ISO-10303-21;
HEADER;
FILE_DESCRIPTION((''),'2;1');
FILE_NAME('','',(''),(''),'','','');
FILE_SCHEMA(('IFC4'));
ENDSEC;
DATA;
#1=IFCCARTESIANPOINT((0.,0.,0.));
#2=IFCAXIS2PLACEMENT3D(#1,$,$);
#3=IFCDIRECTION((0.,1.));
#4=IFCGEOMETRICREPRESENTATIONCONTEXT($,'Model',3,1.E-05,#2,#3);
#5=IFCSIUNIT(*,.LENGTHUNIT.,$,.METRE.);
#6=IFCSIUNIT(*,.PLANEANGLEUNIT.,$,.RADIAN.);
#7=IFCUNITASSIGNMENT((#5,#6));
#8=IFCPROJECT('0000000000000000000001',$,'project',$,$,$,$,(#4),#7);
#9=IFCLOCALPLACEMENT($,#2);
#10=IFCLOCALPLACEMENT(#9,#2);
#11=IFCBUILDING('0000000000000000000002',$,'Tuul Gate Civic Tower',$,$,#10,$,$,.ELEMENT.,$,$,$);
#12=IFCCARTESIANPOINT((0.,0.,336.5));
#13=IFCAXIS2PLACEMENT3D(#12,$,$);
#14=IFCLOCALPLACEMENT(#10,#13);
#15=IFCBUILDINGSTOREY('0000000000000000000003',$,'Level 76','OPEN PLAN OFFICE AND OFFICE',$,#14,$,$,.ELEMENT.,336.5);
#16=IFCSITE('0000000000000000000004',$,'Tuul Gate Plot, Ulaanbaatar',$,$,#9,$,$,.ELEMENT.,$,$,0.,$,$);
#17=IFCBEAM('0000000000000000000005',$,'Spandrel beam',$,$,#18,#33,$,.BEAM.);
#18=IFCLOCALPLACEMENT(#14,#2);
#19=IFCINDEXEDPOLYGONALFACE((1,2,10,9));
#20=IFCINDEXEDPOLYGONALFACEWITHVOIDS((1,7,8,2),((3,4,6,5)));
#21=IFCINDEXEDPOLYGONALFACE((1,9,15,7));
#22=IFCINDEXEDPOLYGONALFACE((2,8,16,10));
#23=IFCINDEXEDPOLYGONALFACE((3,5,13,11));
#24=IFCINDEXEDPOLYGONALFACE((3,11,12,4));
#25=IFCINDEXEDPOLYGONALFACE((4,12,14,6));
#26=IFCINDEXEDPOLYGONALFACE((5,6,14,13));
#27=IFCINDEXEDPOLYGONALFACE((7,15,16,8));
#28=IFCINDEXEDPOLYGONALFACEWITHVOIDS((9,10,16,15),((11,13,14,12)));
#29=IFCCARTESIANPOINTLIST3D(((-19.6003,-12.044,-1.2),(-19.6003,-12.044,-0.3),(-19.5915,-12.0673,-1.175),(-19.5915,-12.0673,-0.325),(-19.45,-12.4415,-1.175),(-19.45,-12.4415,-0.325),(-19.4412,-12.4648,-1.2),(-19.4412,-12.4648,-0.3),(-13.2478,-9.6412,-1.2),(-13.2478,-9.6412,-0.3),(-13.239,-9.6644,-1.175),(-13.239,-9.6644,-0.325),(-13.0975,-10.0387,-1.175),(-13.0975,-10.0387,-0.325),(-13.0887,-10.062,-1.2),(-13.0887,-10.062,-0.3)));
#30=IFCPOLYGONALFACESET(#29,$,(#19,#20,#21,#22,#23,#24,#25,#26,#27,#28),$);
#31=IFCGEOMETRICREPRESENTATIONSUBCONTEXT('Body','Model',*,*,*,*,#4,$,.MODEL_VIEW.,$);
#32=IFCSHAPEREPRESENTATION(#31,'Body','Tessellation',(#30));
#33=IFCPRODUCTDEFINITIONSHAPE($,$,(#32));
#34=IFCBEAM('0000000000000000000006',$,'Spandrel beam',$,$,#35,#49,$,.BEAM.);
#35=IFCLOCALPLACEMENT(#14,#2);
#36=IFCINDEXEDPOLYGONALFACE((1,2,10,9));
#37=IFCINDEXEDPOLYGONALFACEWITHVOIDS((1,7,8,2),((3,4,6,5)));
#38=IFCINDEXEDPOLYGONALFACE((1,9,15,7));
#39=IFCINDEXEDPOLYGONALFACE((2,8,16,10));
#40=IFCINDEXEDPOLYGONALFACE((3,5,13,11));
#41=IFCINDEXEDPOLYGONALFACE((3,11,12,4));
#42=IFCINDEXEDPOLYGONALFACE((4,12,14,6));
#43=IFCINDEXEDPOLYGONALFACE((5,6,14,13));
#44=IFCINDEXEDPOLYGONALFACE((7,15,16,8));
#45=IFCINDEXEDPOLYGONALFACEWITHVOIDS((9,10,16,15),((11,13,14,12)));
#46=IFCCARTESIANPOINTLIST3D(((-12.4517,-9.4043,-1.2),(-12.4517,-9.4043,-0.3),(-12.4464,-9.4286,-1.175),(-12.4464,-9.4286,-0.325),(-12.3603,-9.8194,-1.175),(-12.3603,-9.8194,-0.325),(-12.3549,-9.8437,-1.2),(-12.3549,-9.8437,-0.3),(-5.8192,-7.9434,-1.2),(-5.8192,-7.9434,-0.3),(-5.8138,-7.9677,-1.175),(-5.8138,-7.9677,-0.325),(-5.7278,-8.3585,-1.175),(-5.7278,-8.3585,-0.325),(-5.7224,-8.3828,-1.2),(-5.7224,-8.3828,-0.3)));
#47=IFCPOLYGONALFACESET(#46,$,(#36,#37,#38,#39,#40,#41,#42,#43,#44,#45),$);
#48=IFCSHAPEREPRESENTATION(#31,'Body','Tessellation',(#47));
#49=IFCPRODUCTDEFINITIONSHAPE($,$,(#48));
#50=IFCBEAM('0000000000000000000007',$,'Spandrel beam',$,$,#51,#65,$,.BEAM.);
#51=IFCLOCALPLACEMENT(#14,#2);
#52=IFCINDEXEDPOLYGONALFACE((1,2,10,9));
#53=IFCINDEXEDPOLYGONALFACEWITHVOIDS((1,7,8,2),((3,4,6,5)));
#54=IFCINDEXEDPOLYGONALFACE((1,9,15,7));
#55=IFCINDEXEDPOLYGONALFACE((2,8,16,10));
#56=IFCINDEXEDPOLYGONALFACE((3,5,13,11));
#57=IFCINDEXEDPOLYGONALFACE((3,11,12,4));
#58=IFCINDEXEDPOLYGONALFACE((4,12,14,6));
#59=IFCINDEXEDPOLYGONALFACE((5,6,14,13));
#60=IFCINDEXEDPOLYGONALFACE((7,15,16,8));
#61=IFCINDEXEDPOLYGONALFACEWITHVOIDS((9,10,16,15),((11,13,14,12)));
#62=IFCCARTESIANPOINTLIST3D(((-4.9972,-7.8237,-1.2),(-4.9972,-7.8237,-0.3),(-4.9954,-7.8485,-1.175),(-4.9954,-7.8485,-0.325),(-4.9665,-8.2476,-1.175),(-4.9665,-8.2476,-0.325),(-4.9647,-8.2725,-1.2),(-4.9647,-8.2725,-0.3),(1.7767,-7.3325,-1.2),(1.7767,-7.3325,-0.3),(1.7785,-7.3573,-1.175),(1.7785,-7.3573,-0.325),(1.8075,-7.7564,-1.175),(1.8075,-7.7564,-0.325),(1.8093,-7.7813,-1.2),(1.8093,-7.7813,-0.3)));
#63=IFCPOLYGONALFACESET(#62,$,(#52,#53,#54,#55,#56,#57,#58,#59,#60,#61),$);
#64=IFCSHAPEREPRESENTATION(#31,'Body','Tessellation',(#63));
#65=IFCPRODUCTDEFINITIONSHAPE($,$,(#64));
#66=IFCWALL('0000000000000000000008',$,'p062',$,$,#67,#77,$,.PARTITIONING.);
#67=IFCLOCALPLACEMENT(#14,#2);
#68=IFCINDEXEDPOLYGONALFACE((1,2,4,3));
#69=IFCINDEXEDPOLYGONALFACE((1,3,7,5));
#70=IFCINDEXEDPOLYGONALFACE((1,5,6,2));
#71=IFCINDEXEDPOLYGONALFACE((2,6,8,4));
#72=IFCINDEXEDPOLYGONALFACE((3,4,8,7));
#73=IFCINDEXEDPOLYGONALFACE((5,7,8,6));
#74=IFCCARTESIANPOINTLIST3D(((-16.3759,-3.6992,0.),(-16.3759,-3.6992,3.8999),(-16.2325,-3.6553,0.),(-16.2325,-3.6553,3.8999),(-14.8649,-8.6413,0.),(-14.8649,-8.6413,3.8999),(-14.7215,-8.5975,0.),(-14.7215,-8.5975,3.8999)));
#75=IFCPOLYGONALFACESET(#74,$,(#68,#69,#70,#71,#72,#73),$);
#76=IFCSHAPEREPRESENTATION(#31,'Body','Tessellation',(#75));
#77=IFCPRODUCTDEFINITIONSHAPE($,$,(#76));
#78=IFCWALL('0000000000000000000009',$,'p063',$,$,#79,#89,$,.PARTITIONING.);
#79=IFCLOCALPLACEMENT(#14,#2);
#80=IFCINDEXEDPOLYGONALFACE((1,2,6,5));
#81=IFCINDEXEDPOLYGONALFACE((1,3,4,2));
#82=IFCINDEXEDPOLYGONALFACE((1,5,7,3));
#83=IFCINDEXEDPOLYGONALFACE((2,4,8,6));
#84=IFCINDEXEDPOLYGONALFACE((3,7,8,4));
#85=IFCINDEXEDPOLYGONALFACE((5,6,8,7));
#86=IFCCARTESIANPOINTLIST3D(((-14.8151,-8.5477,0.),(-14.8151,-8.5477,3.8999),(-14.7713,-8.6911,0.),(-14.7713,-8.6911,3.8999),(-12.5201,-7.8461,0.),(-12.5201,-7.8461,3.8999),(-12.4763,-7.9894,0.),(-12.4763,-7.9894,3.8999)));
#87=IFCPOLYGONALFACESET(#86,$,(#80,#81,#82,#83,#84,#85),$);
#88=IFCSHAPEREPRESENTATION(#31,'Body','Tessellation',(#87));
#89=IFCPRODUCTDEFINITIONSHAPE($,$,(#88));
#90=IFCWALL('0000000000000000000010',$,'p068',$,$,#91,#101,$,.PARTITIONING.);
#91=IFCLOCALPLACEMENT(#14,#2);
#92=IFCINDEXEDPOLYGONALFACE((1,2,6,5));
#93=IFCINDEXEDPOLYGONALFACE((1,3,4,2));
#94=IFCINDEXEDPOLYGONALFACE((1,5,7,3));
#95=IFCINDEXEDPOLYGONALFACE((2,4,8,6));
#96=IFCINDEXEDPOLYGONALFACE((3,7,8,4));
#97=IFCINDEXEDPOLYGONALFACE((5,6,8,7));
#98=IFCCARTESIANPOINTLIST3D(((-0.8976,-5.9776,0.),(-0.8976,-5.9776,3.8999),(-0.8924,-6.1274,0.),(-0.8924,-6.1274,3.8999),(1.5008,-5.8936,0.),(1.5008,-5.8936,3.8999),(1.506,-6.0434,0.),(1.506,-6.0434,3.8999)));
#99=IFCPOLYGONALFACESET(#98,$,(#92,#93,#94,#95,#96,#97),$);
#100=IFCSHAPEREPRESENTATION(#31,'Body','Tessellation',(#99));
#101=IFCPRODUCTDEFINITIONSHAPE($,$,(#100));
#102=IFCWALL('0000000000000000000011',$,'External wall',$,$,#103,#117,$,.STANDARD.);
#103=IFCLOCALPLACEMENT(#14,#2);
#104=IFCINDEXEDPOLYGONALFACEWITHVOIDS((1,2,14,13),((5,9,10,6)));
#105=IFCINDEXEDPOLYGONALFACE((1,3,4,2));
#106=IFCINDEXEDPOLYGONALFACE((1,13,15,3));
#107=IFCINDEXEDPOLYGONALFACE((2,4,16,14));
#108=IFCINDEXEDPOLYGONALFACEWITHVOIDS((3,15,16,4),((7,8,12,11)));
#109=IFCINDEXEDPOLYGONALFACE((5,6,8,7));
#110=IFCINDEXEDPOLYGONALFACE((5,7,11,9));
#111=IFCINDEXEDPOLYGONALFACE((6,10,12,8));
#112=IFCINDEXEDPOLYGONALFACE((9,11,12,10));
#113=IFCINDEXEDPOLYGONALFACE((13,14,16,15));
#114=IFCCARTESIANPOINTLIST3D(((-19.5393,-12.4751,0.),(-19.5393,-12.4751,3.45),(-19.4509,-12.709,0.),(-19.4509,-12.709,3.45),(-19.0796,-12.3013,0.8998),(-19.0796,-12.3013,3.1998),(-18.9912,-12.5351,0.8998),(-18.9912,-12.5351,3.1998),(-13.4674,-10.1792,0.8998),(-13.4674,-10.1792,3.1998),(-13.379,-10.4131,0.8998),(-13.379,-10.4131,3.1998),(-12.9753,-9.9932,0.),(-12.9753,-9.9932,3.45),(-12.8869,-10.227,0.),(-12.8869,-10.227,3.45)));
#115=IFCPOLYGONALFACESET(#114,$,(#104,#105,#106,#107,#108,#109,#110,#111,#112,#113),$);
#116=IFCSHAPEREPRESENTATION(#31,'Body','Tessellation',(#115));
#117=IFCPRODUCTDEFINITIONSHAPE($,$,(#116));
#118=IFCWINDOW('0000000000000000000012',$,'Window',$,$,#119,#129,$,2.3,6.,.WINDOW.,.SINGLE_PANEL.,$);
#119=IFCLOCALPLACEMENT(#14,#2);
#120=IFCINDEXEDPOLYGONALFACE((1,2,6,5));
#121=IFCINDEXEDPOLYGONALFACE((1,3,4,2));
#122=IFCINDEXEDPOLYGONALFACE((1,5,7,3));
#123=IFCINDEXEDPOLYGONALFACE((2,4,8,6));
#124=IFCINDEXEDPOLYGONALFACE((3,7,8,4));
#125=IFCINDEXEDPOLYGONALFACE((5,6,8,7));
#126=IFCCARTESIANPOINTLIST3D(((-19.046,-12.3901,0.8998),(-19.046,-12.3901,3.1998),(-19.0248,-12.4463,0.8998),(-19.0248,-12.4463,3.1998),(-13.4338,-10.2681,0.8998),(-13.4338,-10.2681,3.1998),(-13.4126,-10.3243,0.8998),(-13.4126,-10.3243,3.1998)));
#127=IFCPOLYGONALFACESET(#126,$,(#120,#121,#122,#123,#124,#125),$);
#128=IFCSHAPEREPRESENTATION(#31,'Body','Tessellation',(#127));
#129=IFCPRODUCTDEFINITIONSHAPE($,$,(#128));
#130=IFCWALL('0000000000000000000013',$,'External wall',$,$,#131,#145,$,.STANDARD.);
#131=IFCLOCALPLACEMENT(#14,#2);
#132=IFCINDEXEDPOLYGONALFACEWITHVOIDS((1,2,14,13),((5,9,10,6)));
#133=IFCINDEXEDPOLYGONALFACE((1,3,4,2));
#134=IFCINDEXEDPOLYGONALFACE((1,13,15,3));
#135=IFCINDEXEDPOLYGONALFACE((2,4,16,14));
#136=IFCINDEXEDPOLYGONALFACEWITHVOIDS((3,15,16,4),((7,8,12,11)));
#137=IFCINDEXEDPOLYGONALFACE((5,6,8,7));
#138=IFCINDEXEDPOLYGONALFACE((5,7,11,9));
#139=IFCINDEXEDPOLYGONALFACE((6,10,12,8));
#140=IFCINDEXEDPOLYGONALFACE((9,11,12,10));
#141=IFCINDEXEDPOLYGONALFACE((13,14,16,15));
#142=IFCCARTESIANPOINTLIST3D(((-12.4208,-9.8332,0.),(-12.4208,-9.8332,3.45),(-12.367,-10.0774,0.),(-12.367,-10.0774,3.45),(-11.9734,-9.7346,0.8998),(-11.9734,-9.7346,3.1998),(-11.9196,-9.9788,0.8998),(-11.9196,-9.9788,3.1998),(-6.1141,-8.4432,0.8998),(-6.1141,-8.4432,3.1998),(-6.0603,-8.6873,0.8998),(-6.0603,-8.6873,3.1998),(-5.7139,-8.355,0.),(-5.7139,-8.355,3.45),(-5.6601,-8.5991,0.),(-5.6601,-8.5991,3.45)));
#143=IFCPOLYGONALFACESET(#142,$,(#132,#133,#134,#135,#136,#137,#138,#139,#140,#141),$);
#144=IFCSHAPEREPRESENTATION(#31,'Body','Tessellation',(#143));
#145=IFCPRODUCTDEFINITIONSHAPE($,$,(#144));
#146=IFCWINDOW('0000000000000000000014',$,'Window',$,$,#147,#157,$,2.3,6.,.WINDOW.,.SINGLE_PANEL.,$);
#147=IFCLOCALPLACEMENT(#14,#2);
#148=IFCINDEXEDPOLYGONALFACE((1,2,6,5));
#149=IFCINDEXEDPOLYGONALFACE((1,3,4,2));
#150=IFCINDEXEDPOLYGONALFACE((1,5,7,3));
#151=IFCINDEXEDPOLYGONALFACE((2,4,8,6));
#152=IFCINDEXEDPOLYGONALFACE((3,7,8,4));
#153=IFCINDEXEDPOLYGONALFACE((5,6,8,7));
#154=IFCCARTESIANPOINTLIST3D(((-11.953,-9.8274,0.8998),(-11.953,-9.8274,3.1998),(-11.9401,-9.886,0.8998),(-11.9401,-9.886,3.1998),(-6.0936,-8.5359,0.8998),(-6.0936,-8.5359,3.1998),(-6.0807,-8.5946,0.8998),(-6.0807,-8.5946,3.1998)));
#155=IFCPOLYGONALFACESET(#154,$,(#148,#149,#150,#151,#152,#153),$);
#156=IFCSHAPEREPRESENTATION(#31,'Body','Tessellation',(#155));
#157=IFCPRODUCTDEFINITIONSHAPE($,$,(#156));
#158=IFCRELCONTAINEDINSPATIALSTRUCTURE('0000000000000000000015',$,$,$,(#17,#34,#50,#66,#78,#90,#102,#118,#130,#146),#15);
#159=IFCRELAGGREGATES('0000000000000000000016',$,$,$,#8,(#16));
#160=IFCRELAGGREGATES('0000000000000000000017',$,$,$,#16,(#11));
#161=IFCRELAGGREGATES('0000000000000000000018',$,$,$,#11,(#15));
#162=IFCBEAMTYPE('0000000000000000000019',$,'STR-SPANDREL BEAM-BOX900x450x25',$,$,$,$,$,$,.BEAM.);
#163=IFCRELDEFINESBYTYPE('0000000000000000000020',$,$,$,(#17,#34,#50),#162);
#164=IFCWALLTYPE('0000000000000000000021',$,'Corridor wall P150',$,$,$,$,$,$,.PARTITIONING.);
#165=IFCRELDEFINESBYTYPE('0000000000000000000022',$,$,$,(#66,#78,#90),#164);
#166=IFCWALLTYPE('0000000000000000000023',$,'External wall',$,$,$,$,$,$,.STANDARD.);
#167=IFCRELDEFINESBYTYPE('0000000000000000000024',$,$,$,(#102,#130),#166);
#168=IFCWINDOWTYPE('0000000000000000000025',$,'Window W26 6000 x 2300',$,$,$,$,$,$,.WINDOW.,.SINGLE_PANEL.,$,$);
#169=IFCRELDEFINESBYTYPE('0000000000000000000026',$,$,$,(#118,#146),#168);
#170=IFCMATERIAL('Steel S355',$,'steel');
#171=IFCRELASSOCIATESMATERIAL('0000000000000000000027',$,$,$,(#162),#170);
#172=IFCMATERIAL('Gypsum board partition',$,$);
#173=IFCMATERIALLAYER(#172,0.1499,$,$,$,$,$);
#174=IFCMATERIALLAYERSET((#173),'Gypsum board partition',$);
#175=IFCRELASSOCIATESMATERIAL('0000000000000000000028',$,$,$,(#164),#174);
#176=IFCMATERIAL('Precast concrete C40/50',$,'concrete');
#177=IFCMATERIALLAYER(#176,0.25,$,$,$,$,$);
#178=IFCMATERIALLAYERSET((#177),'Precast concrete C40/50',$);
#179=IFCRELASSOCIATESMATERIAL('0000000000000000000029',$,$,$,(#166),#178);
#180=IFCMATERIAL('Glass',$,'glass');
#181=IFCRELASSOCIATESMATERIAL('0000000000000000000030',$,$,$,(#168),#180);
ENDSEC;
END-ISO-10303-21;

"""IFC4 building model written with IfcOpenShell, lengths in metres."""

from ifc_helpers import new_model, si_unit, direction, frame, frame_2d, origin, origin_2d, place, context, subcontext, project, spatial, rectangle, hollow_rectangle, extrude, material, layer, layer_set, material_profile, profile_set, type_object, element, fill, save


model = new_model("IFC4")

# Units and contexts
model_context = context("Model", 3, precision=1e-05, world=origin(), true_north=direction((0.0, 1.0)))
body_context = subcontext(model_context, "Body", "Model", "MODEL_VIEW")
ifc_project = project(units=[si_unit("LENGTHUNIT", "METRE"), si_unit("PLANEANGLEUNIT", "RADIAN")], contexts=[model_context])

# Site, building, storey
site_placement = place(None, origin())
site = spatial("IfcSite", under=ifc_project, at=site_placement, Name="Tuul Gate Plot, Ulaanbaatar", CompositionType="ELEMENT", RefElevation=0.0)
building_placement = place(site_placement, origin())
building = spatial("IfcBuilding", under=site, at=building_placement, Name="Tuul Gate Civic Tower", CompositionType="ELEMENT")
storey_placement = place(building_placement, frame((0.0, 0.0, 336.5)))
storey = spatial("IfcBuildingStorey", under=building, at=storey_placement, Name="Level 76", Description="OPEN PLAN OFFICE AND OFFICE", CompositionType="ELEMENT", Elevation=336.5)

# Beams
ifc_material_1 = material(Name="Steel S355", Category="steel")
ifc_material_profile_1 = material_profile(ifc_material_1, hollow_rectangle(XDim=0.45, YDim=0.8999, WallThickness=0.0249, at=origin_2d()), Name="BOX900x450x25")
ifc_profile_set_1 = profile_set([ifc_material_profile_1], Name="Steel S355")
beam_type_1 = type_object("IfcBeamType", Name="STR-SPANDREL BEAM-BOX900x450x25", PredefinedType="BEAM", material=ifc_profile_set_1)
beam_1_placement = place(storey_placement, frame((-19.5208, -12.2544, -0.75), z_axis=(0.935327, 0.353785, 0.0), x_axis=(-0.353785, 0.935327, 0.0)))
element("IfcBeam", 1, at=beam_1_placement, inside=storey, type_object=beam_type_1, Name="Spandrel beam", PredefinedType="BEAM", context=body_context, shape_type="SweptSolid", body=[
    extrude(hollow_rectangle(XDim=0.45, YDim=0.8999, WallThickness=0.0249, at=origin_2d()), origin(), (0.0, 0.0, 1.0), 6.7917),
])
beam_2_placement = place(storey_placement, frame((-12.4033, -9.624, -0.75), z_axis=(0.97659, 0.215111, 0.0), x_axis=(-0.215111, 0.97659, 0.0)))
element("IfcBeam", 2, at=beam_2_placement, inside=storey, type_object=beam_type_1, Name="Spandrel beam", PredefinedType="BEAM", context=body_context, shape_type="SweptSolid", body=[
    extrude(hollow_rectangle(XDim=0.45, YDim=0.8999, WallThickness=0.0249, at=origin_2d()), origin(), (0.0, 0.0, 1.0), 6.7915),
])
beam_3_placement = place(storey_placement, frame((-4.981, -8.0481, -0.75), z_axis=(0.997381, 0.072325, 0.0), x_axis=(-0.072325, 0.997381, 0.0)))
element("IfcBeam", 3, at=beam_3_placement, inside=storey, type_object=beam_type_1, Name="Spandrel beam", PredefinedType="BEAM", context=body_context, shape_type="SweptSolid", body=[
    extrude(hollow_rectangle(XDim=0.45, YDim=0.8999, WallThickness=0.0249, at=origin_2d()), origin(), (0.0, 0.0, 1.0), 6.7917),
])

# Walls
ifc_material_2 = material(Name="Gypsum board partition")
ifc_layer_1 = layer(ifc_material_2, 0.1499)
ifc_layer_set_1 = layer_set([ifc_layer_1], Name="Gypsum board partition")
wall_type_1 = type_object("IfcWallType", Name="Corridor wall P150", PredefinedType="PARTITIONING", material=ifc_layer_set_1)
wall_1_placement = place(storey_placement, frame((-16.3042, -3.6772, 0.0), z_axis=(0.0, 0.0, 1.0), x_axis=(0.292376, -0.956304, 0.0)))
element("IfcWall", 4, at=wall_1_placement, inside=storey, type_object=wall_type_1, Name="p062", PredefinedType="PARTITIONING", context=body_context, shape_type="SweptSolid", body=[
    extrude(rectangle(XDim=5.168, YDim=0.1499, at=frame_2d((2.584, 0.0))), origin(), (0.0, 0.0, 1.0), 3.8999),
])
for number, where, z_axis, x_axis, name in (
    (5, (-14.7932, -8.6194, 0.0), (0.0, 0.0, 1.0), (0.95631, 0.292356, 0.0), "p063"),
    (6, (-0.895, -6.0525, 0.0), (0.0, 0.0, 1.0), (0.999387, 0.034995, 0.0), "p068"),
):
    element("IfcWall", number, at=place(storey_placement, frame(where, z_axis=z_axis, x_axis=x_axis)), inside=storey, type_object=wall_type_1, Name=name, PredefinedType="PARTITIONING", context=body_context, shape_type="SweptSolid", body=[
        extrude(rectangle(XDim=2.3999, YDim=0.1499, at=frame_2d((1.2, 0.0))), origin(), (0.0, 0.0, 1.0), 3.8999),
    ])

# Walls, openings, windows
ifc_material_3 = material(Name="Precast concrete C40/50", Category="concrete")
ifc_layer_2 = layer(ifc_material_3, 0.25)
ifc_layer_set_2 = layer_set([ifc_layer_2], Name="Precast concrete C40/50")
wall_type_2 = type_object("IfcWallType", Name="External wall", PredefinedType="STANDARD", material=ifc_layer_set_2)
wall_2_placement = place(storey_placement, frame((-19.4951, -12.592, 0.0), z_axis=(0.0, 0.0, 1.0), x_axis=(0.935368, 0.353677, 0.0)))
wall_2 = element("IfcWall", 7, at=wall_2_placement, inside=storey, type_object=wall_type_2, Name="External wall", PredefinedType="STANDARD", context=body_context, shape_type="SweptSolid", body=[
    extrude(rectangle(XDim=7.0176, YDim=0.25, at=frame_2d((3.5088, 0.0))), origin(), (0.0, 0.0, 1.0), 3.45),
])
opening_1_placement = place(wall_2_placement, frame((0.4915, 0.0, 0.8999)))
opening_1 = element("IfcOpeningElement", 8, at=opening_1_placement, cuts=wall_2, PredefinedType="OPENING", context=body_context, shape_type="SweptSolid", body=[
    extrude(rectangle(XDim=6.0, YDim=2.3, at=frame_2d((3.0, 1.1499))), frame((0.0, 0.135, 0.0), z_axis=(0.0, -1.0, 0.0), x_axis=(1.0, 0.0, 0.0)), (0.0, 0.0, 1.0), 0.27),
])
ifc_material_4 = material(Name="Glass", Category="glass")
window_type = type_object("IfcWindowType", Name="Window W26 6000 x 2300", PartitioningType="SINGLE_PANEL", PredefinedType="WINDOW", material=ifc_material_4)
window_1_placement = place(opening_1_placement, origin())
window_1 = element("IfcWindow", 9, at=window_1_placement, inside=storey, type_object=window_type, Name="Window", OverallHeight=2.3, OverallWidth=6.0, PartitioningType="SINGLE_PANEL", PredefinedType="WINDOW", context=body_context, shape_type="SweptSolid", body=[
    extrude(rectangle(XDim=6.0, YDim=2.3, at=frame_2d((3.0, 1.1499))), frame((0.0, 0.03, 0.0), z_axis=(0.0, -1.0, 0.0), x_axis=(1.0, 0.0, 0.0)), (0.0, 0.0, 1.0), 0.0601),
])
fill(opening_1, window_1)
wall_3_placement = place(storey_placement, frame((-12.394, -9.9553, 0.0), z_axis=(0.0, 0.0, 1.0), x_axis=(0.976561, 0.21524, 0.0)))
wall_3 = element("IfcWall", 10, at=wall_3_placement, inside=storey, type_object=wall_type_2, Name="External wall", PredefinedType="STANDARD", context=body_context, shape_type="SweptSolid", body=[
    extrude(rectangle(XDim=6.8679, YDim=0.25, at=frame_2d((3.4341, 0.0))), origin(), (0.0, 0.0, 1.0), 3.45),
])
opening_2_placement = place(wall_3_placement, frame((0.4583, 0.0, 0.8999)))
opening_2 = element("IfcOpeningElement", 11, at=opening_2_placement, cuts=wall_3, PredefinedType="OPENING", context=body_context, shape_type="SweptSolid", body=[
    extrude(rectangle(XDim=6.0, YDim=2.3, at=frame_2d((3.0, 1.1499))), frame((0.0, 0.135, 0.0), z_axis=(0.0, -1.0, 0.0), x_axis=(1.0, 0.0, 0.0)), (0.0, 0.0, 1.0), 0.27),
])
window_2_placement = place(opening_2_placement, origin())
window_2 = element("IfcWindow", 12, at=window_2_placement, inside=storey, type_object=window_type, Name="Window", OverallHeight=2.3, OverallWidth=6.0, PartitioningType="SINGLE_PANEL", PredefinedType="WINDOW", context=body_context, shape_type="SweptSolid", body=[
    extrude(rectangle(XDim=6.0, YDim=2.3, at=frame_2d((3.0, 1.1499))), frame((0.0, 0.03, 0.0), z_axis=(0.0, -1.0, 0.0), x_axis=(1.0, 0.0, 0.0)), (0.0, 0.0, 1.0), 0.0601),
])
fill(opening_2, window_2)

save(model, "model.ifc")
